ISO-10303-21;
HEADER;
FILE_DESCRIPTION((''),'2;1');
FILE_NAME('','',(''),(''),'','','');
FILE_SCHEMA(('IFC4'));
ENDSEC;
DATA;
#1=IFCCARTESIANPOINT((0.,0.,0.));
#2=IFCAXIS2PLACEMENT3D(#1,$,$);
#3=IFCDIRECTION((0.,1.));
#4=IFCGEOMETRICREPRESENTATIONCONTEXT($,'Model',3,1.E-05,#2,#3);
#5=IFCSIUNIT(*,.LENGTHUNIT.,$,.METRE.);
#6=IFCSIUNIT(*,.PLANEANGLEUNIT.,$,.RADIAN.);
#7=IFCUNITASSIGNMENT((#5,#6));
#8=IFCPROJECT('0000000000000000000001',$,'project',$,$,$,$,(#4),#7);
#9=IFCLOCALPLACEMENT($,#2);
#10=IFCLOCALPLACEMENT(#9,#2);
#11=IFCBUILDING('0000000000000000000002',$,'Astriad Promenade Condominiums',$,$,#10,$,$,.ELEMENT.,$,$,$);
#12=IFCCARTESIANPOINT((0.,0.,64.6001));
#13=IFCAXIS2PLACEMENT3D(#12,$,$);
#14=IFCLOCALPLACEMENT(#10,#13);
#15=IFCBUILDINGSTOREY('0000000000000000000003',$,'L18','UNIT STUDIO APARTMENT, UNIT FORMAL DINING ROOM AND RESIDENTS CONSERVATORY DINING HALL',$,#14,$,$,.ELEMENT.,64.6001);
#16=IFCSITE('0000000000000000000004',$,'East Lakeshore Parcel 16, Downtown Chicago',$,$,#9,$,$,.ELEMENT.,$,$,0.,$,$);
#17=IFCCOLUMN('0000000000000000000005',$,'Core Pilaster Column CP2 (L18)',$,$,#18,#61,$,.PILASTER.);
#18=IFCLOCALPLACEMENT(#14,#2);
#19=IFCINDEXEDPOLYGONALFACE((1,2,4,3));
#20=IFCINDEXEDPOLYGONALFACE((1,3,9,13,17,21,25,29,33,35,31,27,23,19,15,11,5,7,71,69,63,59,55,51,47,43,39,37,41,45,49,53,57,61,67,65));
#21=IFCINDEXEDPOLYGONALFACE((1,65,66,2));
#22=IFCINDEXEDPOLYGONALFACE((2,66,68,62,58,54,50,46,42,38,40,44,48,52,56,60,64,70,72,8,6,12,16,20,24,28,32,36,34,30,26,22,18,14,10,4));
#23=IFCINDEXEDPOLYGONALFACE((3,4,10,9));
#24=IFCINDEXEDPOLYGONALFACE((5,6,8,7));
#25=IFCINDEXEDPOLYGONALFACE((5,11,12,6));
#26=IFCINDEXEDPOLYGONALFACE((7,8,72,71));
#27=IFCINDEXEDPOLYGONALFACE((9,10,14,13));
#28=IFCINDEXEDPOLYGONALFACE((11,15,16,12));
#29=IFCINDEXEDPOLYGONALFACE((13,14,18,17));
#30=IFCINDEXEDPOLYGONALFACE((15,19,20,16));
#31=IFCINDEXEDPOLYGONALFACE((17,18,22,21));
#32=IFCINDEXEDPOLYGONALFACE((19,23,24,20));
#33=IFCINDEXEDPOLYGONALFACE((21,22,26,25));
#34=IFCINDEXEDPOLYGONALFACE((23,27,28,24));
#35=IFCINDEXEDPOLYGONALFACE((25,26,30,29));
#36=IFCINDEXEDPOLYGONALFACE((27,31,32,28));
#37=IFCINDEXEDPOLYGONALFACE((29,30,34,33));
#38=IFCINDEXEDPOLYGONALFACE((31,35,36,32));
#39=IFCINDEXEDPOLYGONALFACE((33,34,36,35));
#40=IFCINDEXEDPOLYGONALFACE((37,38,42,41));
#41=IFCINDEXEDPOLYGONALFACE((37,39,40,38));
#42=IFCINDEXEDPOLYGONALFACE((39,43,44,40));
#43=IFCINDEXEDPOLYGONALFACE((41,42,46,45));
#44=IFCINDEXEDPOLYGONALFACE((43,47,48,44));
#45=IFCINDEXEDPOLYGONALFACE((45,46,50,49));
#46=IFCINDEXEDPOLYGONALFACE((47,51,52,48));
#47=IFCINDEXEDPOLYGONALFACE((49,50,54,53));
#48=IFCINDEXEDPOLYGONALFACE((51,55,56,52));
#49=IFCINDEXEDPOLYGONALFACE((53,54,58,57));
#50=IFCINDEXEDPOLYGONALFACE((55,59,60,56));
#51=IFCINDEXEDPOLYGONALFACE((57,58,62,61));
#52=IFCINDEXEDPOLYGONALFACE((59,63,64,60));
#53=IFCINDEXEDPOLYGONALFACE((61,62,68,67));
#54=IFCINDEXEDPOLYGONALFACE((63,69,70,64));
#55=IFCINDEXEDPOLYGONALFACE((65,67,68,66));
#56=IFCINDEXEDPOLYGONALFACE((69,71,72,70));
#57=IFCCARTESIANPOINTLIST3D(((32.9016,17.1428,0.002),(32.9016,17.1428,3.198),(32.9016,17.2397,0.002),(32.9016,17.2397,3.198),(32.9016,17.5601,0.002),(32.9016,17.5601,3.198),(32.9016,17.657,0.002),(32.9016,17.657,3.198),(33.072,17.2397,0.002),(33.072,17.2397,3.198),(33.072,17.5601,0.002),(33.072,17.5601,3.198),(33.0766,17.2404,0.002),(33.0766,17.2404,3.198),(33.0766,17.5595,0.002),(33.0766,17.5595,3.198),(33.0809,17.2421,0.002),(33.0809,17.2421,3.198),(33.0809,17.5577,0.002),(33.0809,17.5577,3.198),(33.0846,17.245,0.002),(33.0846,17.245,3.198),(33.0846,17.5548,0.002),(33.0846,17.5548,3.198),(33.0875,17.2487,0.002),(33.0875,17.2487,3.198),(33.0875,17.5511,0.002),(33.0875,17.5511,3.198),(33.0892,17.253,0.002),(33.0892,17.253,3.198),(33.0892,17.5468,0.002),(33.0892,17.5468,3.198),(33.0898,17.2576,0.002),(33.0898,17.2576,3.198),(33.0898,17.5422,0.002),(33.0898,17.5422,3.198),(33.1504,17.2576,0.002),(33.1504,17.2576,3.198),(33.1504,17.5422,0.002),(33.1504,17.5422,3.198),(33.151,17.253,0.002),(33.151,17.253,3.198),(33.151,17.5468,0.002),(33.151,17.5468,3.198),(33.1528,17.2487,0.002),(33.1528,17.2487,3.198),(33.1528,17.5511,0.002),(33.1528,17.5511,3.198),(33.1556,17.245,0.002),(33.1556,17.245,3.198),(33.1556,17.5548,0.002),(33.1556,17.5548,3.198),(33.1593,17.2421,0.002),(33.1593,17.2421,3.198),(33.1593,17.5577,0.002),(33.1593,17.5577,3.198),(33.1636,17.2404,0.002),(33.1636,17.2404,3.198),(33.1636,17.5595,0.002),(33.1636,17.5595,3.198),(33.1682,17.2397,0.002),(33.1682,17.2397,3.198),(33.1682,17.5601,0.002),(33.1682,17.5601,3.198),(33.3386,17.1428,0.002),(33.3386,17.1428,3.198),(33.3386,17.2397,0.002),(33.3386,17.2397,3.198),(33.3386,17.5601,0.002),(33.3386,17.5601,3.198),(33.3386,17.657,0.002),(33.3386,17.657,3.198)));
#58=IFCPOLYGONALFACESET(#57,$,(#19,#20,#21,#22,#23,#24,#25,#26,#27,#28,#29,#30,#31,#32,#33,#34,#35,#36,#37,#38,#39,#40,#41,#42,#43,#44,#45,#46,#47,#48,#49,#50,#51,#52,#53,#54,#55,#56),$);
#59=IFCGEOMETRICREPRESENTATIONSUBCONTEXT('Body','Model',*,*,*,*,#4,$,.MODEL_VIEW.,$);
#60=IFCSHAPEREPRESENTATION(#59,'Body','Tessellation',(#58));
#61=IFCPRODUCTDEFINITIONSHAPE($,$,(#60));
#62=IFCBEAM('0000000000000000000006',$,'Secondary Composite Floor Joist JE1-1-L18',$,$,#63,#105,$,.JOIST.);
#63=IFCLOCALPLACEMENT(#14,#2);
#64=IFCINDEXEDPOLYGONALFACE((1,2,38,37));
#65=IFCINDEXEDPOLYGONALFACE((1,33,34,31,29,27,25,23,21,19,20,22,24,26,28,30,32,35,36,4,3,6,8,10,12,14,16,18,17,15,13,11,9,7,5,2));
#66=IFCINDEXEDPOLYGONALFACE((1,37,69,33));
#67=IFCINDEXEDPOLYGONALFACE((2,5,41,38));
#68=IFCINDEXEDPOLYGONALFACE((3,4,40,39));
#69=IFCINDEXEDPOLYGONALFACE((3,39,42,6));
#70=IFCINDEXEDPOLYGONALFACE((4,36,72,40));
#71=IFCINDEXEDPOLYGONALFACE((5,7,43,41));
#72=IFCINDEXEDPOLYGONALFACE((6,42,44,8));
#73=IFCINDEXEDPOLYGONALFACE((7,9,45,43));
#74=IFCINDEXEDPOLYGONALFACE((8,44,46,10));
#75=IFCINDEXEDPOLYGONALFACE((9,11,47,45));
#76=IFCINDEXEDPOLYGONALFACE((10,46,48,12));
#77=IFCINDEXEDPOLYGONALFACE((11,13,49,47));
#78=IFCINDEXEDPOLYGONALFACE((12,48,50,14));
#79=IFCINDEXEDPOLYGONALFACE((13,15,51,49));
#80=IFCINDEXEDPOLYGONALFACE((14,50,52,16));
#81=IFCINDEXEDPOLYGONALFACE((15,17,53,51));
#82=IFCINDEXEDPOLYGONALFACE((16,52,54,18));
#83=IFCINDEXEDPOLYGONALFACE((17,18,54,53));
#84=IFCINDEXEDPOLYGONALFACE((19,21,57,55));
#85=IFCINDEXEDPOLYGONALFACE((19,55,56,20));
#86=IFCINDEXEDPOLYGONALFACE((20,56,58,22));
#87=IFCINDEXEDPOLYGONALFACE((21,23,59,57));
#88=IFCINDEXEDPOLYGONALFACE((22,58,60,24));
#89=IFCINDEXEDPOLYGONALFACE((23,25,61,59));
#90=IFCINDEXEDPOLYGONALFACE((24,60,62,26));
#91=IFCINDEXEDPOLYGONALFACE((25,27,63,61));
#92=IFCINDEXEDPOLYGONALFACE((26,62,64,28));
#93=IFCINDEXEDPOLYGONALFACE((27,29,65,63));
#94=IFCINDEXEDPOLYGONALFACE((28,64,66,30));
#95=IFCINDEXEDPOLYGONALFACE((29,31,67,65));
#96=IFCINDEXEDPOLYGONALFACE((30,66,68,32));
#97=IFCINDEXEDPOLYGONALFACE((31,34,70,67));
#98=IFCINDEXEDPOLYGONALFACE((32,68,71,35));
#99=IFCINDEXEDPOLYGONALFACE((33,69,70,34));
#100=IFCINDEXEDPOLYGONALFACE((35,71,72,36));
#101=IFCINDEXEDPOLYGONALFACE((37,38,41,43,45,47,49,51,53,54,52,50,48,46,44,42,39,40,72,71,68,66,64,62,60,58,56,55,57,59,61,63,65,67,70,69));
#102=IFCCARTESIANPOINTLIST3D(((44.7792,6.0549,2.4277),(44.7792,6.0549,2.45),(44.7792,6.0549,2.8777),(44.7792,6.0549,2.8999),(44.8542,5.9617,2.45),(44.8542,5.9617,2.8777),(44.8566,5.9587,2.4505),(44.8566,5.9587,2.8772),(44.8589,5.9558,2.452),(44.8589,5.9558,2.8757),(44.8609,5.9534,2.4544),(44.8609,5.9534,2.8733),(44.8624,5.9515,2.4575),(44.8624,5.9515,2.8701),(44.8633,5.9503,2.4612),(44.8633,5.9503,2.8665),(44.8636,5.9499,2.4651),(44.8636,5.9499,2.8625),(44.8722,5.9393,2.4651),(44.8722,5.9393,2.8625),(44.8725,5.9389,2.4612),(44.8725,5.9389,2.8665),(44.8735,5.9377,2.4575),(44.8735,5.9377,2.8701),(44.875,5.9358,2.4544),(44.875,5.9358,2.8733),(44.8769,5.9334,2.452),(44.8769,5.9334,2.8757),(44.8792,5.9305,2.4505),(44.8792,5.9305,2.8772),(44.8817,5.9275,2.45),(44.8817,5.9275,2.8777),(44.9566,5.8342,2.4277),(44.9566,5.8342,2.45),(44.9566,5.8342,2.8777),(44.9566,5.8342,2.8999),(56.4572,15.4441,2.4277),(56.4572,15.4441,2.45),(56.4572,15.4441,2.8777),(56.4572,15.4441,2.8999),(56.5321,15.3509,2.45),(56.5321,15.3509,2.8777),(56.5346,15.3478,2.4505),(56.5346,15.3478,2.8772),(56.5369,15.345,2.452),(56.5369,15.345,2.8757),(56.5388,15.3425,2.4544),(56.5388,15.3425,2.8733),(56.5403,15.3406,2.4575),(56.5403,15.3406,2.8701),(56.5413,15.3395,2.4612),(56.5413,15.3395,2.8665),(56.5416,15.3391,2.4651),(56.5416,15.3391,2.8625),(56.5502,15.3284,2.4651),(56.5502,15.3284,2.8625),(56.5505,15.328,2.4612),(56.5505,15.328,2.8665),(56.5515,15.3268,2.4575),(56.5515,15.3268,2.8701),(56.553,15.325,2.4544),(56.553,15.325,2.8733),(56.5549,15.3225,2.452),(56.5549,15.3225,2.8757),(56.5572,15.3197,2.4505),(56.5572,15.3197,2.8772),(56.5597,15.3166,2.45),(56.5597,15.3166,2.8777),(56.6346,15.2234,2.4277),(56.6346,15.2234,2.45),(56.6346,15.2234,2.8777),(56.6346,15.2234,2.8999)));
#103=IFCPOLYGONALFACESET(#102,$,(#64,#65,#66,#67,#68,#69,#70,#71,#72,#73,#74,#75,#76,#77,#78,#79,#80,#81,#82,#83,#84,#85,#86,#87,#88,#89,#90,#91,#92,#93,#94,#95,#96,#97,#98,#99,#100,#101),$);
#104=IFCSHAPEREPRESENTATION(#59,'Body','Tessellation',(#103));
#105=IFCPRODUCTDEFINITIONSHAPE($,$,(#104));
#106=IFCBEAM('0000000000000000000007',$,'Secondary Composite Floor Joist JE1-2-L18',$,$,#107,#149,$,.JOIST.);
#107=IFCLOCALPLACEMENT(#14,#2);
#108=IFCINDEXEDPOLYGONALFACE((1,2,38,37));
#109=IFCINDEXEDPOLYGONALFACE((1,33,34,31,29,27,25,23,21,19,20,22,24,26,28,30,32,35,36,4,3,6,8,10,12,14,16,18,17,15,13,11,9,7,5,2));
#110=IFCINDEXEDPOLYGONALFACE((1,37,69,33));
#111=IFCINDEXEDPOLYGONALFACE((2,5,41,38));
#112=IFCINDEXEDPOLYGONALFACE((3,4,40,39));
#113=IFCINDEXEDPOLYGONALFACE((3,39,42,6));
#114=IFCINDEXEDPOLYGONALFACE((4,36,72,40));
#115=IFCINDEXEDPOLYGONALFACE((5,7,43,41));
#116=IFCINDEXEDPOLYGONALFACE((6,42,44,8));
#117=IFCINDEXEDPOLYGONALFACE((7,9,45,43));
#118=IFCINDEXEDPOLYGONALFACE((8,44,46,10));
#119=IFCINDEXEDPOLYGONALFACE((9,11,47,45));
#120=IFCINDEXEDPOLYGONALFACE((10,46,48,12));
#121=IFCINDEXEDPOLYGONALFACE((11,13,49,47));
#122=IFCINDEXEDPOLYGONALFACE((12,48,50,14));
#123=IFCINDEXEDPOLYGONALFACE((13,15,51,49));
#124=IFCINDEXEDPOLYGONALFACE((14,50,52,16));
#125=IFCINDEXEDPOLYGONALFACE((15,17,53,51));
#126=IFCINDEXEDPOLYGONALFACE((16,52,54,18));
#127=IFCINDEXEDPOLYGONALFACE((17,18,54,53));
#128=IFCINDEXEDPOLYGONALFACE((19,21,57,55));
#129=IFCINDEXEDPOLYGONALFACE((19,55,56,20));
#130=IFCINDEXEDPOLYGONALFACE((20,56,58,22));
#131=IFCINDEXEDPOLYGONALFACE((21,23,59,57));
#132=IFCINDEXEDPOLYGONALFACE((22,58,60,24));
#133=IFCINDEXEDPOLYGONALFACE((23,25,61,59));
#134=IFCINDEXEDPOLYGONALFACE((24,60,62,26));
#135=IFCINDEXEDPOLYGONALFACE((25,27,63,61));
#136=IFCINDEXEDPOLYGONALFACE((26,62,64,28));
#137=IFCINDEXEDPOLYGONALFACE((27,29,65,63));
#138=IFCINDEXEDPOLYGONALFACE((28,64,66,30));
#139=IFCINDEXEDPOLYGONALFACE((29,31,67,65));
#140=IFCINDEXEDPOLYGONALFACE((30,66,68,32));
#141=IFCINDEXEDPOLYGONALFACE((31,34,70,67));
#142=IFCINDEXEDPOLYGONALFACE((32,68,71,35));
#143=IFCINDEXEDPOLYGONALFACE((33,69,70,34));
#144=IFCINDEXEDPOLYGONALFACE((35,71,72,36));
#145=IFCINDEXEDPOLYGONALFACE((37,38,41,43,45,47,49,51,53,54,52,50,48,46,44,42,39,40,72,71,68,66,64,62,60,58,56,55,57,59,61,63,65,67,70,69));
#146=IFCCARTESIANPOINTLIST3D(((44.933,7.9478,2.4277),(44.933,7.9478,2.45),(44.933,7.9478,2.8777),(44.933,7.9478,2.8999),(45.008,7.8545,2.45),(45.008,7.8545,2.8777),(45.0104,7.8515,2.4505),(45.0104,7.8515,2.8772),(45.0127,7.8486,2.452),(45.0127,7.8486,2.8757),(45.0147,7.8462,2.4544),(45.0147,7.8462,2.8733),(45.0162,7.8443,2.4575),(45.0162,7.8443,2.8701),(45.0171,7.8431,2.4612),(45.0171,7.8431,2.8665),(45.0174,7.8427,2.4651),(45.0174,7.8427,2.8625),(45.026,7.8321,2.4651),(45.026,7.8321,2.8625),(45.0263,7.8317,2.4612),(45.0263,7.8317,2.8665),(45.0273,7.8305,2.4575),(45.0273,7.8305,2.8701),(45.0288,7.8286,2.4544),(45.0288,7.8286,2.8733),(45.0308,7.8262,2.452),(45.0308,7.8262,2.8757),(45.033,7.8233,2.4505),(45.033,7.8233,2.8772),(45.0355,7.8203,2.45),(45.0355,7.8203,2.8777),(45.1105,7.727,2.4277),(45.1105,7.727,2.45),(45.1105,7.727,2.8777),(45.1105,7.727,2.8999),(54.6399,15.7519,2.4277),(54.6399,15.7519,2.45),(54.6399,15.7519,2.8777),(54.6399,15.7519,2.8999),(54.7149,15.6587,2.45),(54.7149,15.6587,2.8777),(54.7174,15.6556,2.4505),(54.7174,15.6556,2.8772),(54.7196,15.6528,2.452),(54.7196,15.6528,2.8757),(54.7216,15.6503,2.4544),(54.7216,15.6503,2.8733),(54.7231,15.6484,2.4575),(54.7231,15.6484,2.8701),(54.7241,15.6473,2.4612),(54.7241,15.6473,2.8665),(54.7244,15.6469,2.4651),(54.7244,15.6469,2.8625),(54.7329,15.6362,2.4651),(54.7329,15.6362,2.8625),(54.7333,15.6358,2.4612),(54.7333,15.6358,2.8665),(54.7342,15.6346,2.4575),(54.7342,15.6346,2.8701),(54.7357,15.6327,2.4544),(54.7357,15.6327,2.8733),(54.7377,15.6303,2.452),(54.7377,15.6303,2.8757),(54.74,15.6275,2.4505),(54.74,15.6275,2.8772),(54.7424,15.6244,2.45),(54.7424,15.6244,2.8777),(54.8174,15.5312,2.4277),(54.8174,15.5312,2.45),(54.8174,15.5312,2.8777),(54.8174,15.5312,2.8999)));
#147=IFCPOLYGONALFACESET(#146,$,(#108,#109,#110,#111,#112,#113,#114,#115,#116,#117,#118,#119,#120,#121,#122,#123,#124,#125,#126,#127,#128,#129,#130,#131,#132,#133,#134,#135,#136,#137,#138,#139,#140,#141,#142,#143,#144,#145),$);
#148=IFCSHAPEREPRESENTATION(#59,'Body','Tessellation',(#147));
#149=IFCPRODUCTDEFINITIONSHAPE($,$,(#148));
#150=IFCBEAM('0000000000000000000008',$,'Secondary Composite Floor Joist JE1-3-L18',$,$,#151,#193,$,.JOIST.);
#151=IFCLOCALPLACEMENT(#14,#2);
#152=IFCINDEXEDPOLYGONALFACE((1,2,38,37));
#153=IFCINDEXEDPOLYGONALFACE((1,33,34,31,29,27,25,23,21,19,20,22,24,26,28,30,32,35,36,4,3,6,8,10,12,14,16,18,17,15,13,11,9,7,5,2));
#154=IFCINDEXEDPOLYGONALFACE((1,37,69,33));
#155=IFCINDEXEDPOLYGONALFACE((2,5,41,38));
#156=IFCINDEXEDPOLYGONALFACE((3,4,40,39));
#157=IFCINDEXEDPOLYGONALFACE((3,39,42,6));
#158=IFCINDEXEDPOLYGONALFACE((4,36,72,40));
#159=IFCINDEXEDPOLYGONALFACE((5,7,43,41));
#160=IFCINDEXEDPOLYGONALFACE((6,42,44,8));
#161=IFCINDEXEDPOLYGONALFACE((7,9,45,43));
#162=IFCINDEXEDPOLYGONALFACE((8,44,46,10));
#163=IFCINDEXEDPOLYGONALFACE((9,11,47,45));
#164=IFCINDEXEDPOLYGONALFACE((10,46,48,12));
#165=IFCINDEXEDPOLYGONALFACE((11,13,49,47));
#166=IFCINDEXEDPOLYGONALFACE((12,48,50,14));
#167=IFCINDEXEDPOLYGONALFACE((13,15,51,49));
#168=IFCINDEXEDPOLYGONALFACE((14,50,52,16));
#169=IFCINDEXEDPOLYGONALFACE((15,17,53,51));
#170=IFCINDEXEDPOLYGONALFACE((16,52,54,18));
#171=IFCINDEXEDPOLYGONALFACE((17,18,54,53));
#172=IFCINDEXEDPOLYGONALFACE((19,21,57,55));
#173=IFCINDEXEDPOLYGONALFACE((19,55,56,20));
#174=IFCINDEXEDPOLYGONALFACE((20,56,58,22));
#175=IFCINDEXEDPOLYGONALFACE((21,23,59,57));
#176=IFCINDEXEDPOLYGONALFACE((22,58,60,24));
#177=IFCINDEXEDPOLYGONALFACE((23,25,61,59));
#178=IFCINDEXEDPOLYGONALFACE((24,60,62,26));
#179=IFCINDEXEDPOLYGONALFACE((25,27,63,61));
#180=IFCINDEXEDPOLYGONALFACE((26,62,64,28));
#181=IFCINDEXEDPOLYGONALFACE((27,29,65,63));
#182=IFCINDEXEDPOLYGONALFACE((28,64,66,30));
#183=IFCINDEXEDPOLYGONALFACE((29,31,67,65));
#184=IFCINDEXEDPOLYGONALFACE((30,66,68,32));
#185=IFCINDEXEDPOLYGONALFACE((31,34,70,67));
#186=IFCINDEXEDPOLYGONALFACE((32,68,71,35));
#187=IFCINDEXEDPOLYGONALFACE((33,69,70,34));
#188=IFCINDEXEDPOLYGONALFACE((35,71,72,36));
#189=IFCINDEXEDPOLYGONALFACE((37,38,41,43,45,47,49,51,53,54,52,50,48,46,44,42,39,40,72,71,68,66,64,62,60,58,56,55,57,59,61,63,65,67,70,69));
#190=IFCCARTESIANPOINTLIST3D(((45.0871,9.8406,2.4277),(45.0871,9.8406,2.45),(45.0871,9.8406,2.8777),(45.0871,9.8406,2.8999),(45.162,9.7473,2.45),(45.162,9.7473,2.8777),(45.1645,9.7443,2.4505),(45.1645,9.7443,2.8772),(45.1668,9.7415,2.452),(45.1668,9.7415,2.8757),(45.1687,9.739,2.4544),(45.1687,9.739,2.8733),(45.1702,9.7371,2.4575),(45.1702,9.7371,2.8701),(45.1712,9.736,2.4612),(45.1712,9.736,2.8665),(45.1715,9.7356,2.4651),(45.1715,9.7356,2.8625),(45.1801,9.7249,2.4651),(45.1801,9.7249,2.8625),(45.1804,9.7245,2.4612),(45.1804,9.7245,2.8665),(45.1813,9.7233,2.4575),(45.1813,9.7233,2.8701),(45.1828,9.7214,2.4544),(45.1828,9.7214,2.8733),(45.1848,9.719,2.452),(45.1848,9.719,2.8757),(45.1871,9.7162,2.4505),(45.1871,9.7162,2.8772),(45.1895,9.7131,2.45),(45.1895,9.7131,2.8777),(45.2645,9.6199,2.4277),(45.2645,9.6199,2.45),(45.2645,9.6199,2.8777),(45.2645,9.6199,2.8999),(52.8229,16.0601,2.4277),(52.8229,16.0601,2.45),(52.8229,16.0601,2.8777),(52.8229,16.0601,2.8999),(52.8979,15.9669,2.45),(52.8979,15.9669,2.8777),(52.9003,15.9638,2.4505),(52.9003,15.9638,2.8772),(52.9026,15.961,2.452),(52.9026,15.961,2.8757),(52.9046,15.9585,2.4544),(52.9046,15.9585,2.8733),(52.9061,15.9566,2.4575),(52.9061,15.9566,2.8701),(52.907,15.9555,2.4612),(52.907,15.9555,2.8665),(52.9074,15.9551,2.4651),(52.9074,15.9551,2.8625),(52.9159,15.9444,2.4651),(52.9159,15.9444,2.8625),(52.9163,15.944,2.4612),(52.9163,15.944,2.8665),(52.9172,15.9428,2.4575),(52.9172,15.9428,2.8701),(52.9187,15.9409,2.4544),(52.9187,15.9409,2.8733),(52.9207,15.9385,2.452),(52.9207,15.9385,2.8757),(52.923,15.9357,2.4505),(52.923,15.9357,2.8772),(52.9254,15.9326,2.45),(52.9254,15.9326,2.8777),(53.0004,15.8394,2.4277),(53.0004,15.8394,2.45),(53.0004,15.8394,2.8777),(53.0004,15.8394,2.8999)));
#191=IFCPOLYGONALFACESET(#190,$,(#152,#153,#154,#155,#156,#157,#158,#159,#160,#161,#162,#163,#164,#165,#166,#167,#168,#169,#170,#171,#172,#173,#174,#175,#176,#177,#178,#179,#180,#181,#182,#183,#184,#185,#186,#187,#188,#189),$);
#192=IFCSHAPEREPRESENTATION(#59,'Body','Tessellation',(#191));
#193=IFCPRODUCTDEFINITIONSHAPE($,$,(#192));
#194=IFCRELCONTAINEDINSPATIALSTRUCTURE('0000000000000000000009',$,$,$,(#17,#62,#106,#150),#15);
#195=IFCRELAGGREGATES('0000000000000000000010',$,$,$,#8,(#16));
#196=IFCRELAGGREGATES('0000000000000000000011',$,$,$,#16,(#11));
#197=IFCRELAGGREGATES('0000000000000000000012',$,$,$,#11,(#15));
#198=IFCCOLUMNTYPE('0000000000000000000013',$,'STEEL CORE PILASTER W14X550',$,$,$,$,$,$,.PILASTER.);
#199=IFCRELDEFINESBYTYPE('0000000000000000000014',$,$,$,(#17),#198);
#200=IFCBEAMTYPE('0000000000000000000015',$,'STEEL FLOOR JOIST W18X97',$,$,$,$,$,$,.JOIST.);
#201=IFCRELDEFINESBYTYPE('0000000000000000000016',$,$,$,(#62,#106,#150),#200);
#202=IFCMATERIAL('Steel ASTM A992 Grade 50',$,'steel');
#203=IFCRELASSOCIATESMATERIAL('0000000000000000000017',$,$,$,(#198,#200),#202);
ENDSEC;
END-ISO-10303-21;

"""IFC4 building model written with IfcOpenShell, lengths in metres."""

from ifc_helpers import new_model, si_unit, direction, frame, origin, origin_2d, place, context, subcontext, project, spatial, i_section, extrude, source, transform, mapped, material, material_profile, profile_set, type_object, type_shapes, element, save


model = new_model("IFC4")

# Units and contexts
model_context = context("Model", 3, precision=1e-05, world=origin(), true_north=direction((0.0, 1.0)))
body_context = subcontext(model_context, "Body", "Model", "MODEL_VIEW")
ifc_project = project(units=[si_unit("LENGTHUNIT", "METRE"), si_unit("PLANEANGLEUNIT", "RADIAN")], contexts=[model_context])

# Site, building, storey
site_placement = place(None, origin())
site = spatial("IfcSite", under=ifc_project, at=site_placement, Name="East Lakeshore Parcel 16, Downtown Chicago", CompositionType="ELEMENT", RefElevation=0.0)
building_placement = place(site_placement, origin())
building = spatial("IfcBuilding", under=site, at=building_placement, Name="Astriad Promenade Condominiums", CompositionType="ELEMENT")
storey_placement = place(building_placement, frame((0.0, 0.0, 64.6001)))
storey = spatial("IfcBuildingStorey", under=building, at=storey_placement, Name="L18", Description="UNIT STUDIO APARTMENT, UNIT FORMAL DINING ROOM AND RESIDENTS CONSERVATORY DINING HALL", CompositionType="ELEMENT", Elevation=64.6001)

# Column
ifc_material_1 = material(Name="Steel ASTM A992 Grade 50", Category="steel")
ifc_material_profile_1 = material_profile(ifc_material_1, i_section(OverallWidth=0.437, OverallDepth=0.5142, WebThickness=0.0605, FlangeThickness=0.0969, FilletRadius=0.0178, at=origin_2d()), Name="W14X550")
ifc_profile_set_1 = profile_set([ifc_material_profile_1], Name="Steel ASTM A992 Grade 50")
column_type = type_object("IfcColumnType", Name="STEEL CORE PILASTER W14X550", PredefinedType="PILASTER", material=ifc_profile_set_1)
shared_shape_1 = source(origin(), body_context, "Body", "SweptSolid", [
    extrude(i_section(OverallWidth=0.437, OverallDepth=0.5142, WebThickness=0.0605, FlangeThickness=0.0969, FilletRadius=0.0178, at=origin_2d()), origin(), (0.0, 0.0, 1.0), 3.196),
])
type_shapes(column_type, [shared_shape_1])
column_placement = place(storey_placement, frame((33.1201, 17.3999, 0.002), z_axis=(0.0, 0.0, 1.0), x_axis=(1.0, 0.0, 0.0)))
element("IfcColumn", 1, at=column_placement, inside=storey, type_object=column_type, Name="Core Pilaster Column CP2 (L18)", PredefinedType="PILASTER", context=body_context, shape_type="MappedRepresentation", body=[
    mapped(shared_shape_1, transform((0.0, 0.0, 0.0), scale=1.0)),
])

# Beams
ifc_material_profile_2 = material_profile(ifc_material_1, i_section(OverallWidth=0.2832, OverallDepth=0.4722, WebThickness=0.0137, FlangeThickness=0.0222, FilletRadius=0.0151, at=origin_2d()), Name="W18X97")
ifc_profile_set_2 = profile_set([ifc_material_profile_2], Name="Steel ASTM A992 Grade 50")
beam_type = type_object("IfcBeamType", Name="STEEL FLOOR JOIST W18X97", PredefinedType="JOIST", material=ifc_profile_set_2)
shared_shape_2 = source(origin(), body_context, "Body", "SweptSolid", [
    extrude(i_section(OverallWidth=0.2832, OverallDepth=0.4722, WebThickness=0.0137, FlangeThickness=0.0222, FilletRadius=0.0151, at=origin_2d()), origin(), (0.0, 0.0, 1.0), 14.9844),
])
beam_1_placement = place(storey_placement, frame((44.8679, 5.9446, 2.6638), z_axis=(0.779344, 0.626597, 0.0), x_axis=(-0.626597, 0.779344, 0.0)))
element("IfcBeam", 2, at=beam_1_placement, inside=storey, type_object=beam_type, Name="Secondary Composite Floor Joist JE1-1-L18", PredefinedType="JOIST", context=body_context, shape_type="MappedRepresentation", body=[
    mapped(shared_shape_2, transform((0.0, 0.0, 0.0), scale=1.0)),
])
shared_shape_3 = source(origin(), body_context, "Body", "SweptSolid", [
    extrude(i_section(OverallWidth=0.2832, OverallDepth=0.4722, WebThickness=0.0137, FlangeThickness=0.0222, FilletRadius=0.0151, at=origin_2d()), origin(), (0.0, 0.0, 1.0), 12.4551),
])
beam_2_placement = place(storey_placement, frame((45.0217, 7.8374, 2.6638), z_axis=(0.779356, 0.626582, 0.0), x_axis=(-0.626582, 0.779356, 0.0)))
element("IfcBeam", 3, at=beam_2_placement, inside=storey, type_object=beam_type, Name="Secondary Composite Floor Joist JE1-2-L18", PredefinedType="JOIST", context=body_context, shape_type="MappedRepresentation", body=[
    mapped(shared_shape_3, transform((0.0, 0.0, 0.0), scale=1.0)),
])
shared_shape_4 = source(origin(), body_context, "Body", "SweptSolid", [
    extrude(i_section(OverallWidth=0.2832, OverallDepth=0.4722, WebThickness=0.0137, FlangeThickness=0.0222, FilletRadius=0.0151, at=origin_2d()), origin(), (0.0, 0.0, 1.0), 9.926),
])
beam_3_placement = place(storey_placement, frame((45.1758, 9.7302, 2.6638), z_axis=(0.779352, 0.626586, 0.0), x_axis=(-0.626586, 0.779352, 0.0)))
element("IfcBeam", 4, at=beam_3_placement, inside=storey, type_object=beam_type, Name="Secondary Composite Floor Joist JE1-3-L18", PredefinedType="JOIST", context=body_context, shape_type="MappedRepresentation", body=[
    mapped(shared_shape_4, transform((0.0, 0.0, 0.0), scale=1.0)),
])

save(model, "model.ifc")
